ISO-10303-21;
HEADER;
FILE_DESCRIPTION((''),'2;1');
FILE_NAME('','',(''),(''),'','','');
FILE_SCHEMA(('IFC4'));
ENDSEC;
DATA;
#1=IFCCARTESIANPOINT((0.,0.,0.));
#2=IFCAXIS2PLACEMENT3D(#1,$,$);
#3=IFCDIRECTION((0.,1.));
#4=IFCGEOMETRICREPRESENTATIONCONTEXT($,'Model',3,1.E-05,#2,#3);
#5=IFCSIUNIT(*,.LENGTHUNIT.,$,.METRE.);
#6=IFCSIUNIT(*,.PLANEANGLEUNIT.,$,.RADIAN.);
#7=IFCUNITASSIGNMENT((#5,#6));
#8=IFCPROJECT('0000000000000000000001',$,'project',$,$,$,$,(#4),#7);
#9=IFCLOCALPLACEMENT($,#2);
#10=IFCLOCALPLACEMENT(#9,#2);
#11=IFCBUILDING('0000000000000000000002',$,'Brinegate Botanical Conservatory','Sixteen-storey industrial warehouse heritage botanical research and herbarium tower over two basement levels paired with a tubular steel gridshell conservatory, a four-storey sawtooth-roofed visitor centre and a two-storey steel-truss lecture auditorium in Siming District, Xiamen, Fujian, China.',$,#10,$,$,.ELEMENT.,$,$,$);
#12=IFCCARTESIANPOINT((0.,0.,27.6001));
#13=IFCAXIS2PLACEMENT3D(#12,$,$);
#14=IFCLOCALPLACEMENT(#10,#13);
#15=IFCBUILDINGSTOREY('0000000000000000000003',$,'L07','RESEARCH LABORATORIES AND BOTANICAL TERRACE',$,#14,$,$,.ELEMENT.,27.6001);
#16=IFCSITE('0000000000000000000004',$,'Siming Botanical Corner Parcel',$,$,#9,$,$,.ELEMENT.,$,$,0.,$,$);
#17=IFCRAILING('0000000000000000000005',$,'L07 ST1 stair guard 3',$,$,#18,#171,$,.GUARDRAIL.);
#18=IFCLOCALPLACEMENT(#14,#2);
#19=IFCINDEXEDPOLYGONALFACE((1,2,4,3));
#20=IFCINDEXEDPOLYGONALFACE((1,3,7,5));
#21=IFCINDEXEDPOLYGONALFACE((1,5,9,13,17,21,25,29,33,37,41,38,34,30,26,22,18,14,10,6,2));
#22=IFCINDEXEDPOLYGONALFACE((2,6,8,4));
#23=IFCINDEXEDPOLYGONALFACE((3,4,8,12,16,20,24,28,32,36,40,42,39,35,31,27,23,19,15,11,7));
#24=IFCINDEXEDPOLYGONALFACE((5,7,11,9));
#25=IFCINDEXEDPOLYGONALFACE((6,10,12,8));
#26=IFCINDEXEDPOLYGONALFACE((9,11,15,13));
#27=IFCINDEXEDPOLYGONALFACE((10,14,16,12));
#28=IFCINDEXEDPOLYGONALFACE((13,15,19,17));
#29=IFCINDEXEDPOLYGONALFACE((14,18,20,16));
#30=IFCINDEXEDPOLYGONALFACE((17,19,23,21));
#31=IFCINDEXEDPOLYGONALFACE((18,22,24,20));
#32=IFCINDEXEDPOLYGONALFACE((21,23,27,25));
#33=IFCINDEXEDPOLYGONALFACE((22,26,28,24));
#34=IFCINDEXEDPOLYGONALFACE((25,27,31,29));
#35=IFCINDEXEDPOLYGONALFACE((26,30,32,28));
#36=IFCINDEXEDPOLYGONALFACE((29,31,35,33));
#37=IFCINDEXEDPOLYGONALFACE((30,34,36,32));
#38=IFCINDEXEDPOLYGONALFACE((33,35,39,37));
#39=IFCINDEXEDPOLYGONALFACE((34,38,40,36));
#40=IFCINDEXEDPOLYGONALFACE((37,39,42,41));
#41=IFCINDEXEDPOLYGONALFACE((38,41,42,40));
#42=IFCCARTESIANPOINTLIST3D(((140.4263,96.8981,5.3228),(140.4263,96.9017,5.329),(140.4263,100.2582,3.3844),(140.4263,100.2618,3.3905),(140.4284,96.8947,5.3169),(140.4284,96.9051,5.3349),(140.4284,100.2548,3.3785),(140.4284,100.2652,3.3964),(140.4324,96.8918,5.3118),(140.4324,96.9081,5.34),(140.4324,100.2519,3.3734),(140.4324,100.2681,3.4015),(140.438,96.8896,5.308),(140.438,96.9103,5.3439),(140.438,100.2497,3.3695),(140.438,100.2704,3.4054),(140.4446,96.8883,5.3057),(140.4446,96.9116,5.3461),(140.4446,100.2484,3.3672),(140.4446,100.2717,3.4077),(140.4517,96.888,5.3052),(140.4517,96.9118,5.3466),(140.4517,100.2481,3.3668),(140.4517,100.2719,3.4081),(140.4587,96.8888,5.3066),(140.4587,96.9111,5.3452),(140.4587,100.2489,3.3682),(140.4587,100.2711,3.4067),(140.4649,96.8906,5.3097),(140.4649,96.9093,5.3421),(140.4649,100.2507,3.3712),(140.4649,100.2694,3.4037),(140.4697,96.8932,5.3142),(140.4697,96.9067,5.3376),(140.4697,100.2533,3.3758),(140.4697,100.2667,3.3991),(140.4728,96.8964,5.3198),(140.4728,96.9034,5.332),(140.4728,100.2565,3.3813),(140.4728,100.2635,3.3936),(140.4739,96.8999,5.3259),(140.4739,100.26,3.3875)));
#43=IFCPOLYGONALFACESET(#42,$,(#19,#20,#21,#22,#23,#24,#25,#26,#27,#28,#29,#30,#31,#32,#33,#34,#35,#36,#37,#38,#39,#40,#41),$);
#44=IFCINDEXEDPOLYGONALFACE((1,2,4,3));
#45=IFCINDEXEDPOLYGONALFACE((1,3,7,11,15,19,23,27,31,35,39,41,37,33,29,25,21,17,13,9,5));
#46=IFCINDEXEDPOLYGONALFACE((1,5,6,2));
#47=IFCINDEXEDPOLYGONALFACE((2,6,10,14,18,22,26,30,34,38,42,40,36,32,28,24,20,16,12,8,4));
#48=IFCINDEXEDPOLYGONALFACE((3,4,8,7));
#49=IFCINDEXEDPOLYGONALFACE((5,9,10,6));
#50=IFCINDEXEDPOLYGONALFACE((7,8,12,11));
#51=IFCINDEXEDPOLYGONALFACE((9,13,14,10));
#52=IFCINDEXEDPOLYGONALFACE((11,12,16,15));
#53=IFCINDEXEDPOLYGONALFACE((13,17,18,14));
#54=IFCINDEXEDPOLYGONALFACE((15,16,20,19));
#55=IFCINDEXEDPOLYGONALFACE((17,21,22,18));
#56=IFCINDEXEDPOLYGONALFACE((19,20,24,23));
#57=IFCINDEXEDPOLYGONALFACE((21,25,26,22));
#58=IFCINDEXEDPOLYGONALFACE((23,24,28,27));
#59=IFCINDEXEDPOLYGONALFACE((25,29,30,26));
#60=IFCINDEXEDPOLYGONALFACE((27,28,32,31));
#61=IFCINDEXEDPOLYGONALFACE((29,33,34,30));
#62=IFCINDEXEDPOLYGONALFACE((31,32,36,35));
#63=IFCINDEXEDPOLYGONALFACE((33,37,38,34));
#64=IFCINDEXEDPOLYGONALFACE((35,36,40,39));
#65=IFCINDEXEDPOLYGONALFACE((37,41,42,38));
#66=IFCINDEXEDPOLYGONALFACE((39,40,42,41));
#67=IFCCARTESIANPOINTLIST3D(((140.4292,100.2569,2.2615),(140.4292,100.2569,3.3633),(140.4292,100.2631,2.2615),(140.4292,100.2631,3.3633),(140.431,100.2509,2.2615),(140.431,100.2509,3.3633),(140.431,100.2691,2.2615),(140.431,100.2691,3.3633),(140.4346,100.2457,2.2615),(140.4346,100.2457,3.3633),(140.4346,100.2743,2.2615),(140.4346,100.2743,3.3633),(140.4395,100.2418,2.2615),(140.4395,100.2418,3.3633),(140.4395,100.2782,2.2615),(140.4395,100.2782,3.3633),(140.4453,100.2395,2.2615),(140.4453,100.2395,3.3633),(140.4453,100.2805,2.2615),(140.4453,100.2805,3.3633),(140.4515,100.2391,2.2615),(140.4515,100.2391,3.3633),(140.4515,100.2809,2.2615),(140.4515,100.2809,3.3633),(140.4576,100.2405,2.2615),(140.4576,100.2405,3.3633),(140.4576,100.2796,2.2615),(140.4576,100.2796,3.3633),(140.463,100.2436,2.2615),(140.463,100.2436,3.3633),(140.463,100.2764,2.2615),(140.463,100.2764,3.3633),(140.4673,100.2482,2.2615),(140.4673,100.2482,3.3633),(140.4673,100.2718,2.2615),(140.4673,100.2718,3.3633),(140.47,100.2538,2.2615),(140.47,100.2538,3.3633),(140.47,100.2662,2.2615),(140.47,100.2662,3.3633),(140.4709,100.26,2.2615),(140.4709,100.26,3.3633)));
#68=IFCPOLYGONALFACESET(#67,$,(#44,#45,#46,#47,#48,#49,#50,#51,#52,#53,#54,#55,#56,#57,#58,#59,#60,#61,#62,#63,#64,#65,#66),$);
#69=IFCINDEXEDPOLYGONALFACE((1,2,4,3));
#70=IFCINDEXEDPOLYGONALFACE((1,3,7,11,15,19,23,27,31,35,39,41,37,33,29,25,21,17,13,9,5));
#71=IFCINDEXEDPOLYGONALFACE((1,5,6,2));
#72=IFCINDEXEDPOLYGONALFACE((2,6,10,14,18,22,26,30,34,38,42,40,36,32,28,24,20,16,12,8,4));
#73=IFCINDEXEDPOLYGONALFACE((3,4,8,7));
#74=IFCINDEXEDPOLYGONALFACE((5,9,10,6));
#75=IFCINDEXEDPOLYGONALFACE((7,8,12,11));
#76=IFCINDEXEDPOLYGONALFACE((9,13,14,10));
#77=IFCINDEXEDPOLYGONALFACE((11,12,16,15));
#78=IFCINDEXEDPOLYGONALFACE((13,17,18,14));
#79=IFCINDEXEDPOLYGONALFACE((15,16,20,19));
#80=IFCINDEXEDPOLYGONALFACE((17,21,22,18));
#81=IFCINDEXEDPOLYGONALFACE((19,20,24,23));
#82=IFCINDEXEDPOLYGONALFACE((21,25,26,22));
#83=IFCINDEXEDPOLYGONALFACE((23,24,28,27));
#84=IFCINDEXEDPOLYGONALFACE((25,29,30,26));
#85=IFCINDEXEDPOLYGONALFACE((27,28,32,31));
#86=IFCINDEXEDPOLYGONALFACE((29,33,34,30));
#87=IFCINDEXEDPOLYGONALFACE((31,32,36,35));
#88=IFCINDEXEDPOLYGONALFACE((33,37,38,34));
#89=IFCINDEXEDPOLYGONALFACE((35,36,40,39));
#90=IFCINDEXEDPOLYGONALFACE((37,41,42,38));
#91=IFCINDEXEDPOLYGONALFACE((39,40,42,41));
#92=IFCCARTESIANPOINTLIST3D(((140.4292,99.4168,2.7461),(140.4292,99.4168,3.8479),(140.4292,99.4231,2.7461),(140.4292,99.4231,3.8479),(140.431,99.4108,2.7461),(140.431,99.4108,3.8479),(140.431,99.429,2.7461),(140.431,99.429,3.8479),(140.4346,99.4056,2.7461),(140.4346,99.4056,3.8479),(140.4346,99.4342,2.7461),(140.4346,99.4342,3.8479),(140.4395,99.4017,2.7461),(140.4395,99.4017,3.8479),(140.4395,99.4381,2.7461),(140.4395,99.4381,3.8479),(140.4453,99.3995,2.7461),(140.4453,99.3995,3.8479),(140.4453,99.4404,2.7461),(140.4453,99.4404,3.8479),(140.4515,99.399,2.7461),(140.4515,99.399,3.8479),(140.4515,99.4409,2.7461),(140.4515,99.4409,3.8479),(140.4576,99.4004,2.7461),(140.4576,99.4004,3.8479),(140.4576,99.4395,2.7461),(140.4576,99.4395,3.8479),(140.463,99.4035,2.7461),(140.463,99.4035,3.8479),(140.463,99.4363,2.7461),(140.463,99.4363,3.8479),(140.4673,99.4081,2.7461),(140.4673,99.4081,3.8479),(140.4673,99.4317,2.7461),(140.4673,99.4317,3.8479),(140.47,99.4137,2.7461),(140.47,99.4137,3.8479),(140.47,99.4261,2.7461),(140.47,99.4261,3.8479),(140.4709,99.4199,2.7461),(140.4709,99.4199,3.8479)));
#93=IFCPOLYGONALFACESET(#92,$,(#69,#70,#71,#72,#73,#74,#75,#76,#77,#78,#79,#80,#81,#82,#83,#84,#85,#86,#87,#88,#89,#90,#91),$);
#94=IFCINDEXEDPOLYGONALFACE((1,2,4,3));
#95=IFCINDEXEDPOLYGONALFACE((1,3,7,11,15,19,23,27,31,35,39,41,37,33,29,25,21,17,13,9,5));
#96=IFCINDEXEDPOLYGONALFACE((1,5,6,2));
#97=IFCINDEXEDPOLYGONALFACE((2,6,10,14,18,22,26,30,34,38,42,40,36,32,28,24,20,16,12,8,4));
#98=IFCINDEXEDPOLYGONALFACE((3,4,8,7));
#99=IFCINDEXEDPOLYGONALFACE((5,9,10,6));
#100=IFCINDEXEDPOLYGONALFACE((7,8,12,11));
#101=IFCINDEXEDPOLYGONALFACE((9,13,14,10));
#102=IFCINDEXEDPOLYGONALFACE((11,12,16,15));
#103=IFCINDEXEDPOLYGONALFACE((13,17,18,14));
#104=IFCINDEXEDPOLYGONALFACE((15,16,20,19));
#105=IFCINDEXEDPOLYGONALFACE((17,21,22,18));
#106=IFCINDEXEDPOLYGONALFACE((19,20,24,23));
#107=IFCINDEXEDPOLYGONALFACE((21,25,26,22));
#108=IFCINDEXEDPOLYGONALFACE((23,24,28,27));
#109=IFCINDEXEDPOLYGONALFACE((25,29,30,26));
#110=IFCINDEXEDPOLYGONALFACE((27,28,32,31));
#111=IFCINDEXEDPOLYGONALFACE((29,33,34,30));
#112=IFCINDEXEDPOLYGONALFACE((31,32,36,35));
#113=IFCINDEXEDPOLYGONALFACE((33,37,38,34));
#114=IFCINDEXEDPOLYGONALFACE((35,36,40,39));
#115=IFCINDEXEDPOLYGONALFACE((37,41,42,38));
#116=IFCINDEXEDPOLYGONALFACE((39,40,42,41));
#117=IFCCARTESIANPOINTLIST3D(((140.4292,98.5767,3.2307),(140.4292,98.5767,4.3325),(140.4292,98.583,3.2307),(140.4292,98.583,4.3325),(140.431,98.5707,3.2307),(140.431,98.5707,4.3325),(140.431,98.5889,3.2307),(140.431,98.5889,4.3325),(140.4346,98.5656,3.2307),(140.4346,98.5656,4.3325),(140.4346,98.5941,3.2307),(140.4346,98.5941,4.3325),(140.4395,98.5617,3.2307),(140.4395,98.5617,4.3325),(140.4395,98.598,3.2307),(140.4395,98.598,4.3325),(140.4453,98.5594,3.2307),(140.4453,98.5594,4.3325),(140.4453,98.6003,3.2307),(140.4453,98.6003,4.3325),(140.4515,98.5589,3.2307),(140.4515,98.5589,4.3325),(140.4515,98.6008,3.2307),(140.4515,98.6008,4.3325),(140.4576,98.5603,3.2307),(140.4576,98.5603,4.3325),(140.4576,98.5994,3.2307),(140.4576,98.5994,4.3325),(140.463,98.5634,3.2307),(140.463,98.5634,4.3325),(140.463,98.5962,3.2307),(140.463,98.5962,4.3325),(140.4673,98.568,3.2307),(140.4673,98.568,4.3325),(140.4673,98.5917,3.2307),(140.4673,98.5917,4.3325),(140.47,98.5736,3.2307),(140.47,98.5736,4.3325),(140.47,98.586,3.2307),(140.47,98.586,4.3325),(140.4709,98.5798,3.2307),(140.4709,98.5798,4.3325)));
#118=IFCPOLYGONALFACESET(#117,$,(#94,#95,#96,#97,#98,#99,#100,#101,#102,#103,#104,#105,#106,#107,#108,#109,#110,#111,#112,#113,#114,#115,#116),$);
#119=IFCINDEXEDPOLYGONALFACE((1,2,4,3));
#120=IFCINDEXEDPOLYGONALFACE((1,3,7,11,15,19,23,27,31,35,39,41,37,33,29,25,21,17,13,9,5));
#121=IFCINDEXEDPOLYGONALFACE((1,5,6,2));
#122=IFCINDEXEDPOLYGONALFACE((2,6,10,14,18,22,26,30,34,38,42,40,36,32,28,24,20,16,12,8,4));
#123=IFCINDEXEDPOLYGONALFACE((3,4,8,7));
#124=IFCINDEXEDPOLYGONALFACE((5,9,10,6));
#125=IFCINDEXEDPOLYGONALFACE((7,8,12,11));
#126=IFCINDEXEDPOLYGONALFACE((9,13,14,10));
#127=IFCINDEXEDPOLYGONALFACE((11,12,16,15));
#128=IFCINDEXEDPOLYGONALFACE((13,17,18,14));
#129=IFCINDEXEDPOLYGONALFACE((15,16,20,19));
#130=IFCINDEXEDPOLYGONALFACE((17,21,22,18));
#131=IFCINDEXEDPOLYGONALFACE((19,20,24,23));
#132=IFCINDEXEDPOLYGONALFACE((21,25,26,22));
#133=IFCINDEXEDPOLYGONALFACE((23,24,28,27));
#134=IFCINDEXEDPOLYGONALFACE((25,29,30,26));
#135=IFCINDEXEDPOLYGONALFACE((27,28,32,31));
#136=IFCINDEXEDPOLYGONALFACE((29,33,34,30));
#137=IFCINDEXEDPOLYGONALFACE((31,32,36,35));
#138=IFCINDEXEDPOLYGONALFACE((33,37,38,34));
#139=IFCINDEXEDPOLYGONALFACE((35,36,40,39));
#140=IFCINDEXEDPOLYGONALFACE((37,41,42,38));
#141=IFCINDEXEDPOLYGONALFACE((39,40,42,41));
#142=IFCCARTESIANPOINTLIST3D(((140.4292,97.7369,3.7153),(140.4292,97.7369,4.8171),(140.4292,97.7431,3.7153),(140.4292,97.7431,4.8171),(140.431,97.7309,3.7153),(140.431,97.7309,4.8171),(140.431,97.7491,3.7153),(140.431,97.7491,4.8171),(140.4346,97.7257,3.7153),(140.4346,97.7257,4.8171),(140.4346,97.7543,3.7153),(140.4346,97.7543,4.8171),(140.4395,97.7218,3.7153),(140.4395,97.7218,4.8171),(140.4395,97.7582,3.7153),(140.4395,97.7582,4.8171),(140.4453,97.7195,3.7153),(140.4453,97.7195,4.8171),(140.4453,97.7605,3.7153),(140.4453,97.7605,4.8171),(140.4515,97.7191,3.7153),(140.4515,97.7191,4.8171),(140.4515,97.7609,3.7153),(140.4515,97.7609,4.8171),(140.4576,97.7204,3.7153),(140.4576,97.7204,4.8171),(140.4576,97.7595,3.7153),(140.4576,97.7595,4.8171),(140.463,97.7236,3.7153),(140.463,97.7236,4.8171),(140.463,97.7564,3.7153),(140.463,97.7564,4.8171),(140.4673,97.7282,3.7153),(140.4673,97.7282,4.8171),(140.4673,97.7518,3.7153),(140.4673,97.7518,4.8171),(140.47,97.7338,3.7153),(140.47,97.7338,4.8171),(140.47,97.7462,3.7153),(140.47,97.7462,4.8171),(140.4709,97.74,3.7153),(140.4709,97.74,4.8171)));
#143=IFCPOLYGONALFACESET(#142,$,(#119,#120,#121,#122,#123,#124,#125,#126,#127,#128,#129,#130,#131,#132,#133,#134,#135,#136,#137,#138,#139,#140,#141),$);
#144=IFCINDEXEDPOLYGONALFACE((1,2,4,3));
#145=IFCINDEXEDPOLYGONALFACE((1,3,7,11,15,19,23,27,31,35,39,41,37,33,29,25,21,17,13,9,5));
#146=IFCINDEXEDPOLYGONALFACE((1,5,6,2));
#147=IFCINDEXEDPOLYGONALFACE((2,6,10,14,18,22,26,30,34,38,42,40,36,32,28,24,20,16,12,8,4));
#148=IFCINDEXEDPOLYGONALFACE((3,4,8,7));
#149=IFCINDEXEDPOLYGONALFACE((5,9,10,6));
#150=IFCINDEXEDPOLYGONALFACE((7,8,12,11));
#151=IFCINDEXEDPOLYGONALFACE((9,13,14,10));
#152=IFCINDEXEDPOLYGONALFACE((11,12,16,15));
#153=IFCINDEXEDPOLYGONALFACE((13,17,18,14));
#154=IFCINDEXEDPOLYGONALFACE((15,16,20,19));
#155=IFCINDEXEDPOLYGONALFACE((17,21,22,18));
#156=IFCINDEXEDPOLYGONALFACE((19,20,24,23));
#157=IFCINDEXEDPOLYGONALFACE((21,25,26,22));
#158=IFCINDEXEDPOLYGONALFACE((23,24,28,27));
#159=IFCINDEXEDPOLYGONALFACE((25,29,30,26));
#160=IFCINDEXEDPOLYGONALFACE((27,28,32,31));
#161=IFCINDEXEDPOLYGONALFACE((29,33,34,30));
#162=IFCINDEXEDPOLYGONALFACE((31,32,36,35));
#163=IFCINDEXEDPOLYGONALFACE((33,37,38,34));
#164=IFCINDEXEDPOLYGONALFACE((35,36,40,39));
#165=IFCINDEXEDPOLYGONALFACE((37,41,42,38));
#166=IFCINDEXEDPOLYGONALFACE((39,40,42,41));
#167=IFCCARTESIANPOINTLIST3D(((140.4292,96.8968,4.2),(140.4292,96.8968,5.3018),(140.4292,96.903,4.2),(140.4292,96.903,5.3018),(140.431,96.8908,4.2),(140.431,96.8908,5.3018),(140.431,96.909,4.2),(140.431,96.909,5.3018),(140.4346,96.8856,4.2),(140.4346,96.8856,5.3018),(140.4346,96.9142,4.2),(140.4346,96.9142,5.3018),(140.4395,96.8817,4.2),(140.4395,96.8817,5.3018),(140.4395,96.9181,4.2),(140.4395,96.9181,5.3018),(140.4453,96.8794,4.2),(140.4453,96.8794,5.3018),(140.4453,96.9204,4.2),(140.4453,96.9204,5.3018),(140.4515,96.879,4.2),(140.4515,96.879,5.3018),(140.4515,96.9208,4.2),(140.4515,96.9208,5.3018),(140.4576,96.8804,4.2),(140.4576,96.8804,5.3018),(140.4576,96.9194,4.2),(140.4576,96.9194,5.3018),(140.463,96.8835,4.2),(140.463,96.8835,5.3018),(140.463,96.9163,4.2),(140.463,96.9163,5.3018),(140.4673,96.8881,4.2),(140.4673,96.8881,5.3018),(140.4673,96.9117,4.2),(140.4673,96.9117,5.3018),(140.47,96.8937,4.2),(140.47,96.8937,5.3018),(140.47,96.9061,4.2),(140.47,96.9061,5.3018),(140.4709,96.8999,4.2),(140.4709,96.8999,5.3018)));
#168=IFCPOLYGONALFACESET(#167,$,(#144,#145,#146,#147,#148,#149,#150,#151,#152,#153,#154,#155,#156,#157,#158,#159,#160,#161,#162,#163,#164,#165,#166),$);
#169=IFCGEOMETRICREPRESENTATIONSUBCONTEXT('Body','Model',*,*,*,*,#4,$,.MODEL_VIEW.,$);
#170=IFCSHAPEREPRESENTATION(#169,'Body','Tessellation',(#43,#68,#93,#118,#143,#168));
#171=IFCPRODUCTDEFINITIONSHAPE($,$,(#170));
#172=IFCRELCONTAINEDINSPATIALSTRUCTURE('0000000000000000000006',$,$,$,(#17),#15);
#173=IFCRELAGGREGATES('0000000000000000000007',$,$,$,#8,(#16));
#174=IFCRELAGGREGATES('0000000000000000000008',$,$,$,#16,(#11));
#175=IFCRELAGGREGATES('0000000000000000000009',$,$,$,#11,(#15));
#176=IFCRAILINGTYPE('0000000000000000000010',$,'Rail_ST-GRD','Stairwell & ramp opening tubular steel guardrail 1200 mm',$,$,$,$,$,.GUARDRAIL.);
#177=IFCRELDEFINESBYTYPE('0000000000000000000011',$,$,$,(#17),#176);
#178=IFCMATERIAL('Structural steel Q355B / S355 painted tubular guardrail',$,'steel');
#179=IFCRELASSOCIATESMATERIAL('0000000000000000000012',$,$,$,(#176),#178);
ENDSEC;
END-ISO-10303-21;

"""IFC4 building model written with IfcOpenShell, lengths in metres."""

from ifc_helpers import new_model, si_unit, direction, frame, origin, origin_2d, place, context, subcontext, project, spatial, circle, extrude, material, type_object, element, save


model = new_model("IFC4")

# Units and contexts
model_context = context("Model", 3, precision=1e-05, world=origin(), true_north=direction((0.0, 1.0)))
body_context = subcontext(model_context, "Body", "Model", "MODEL_VIEW")
ifc_project = project(units=[si_unit("LENGTHUNIT", "METRE"), si_unit("PLANEANGLEUNIT", "RADIAN")], contexts=[model_context])

# Site, building, storey
site_placement = place(None, origin())
site = spatial("IfcSite", under=ifc_project, at=site_placement, Name="Siming Botanical Corner Parcel", CompositionType="ELEMENT", RefElevation=0.0)
building_placement = place(site_placement, origin())
building = spatial("IfcBuilding", under=site, at=building_placement, Name="Brinegate Botanical Conservatory", Description="Sixteen-storey industrial warehouse heritage botanical research and herbarium tower over two basement levels paired with a tubular steel gridshell conservatory, a four-storey sawtooth-roofed visitor centre and a two-storey steel-truss lecture auditorium in Siming District, Xiamen, Fujian, China.", CompositionType="ELEMENT")
storey_placement = place(building_placement, frame((0.0, 0.0, 27.6001)))
storey = spatial("IfcBuildingStorey", under=building, at=storey_placement, Name="L07", Description="RESEARCH LABORATORIES AND BOTANICAL TERRACE", CompositionType="ELEMENT", Elevation=27.6001)

# Railing
ifc_material_1 = material(Name="Structural steel Q355B / S355 painted tubular guardrail", Category="steel")
railing_type_1 = type_object("IfcRailingType", Name="Rail_ST-GRD", Description="Stairwell & ramp opening tubular steel guardrail 1200 mm", PredefinedType="GUARDRAIL", material=ifc_material_1)
railing_1_placement = place(storey_placement, frame((140.45, 100.26, 2.2615)))
element("IfcRailing", 1, at=railing_1_placement, inside=storey, type_object=railing_type_1, Name="L07 ST1 stair guard 3", PredefinedType="GUARDRAIL", context=body_context, shape_type="SweptSolid", body=[
    extrude(circle(Radius=0.0239, at=origin_2d()), frame((0.0, 0.0, 1.126), z_axis=(0.0, -0.866191, 0.499713), x_axis=(1.0, 0.0, 0.0)), (0.0, 0.0, 1.0), 3.8792),
    extrude(circle(Radius=0.021, at=origin_2d()), origin(), (0.0, 0.0, 1.0), 1.1018),
    extrude(circle(Radius=0.021, at=origin_2d()), frame((0.0, -0.8401, 0.4846)), (0.0, 0.0, 1.0), 1.1018),
    extrude(circle(Radius=0.021, at=origin_2d()), frame((0.0, -1.6802, 0.9692)), (0.0, 0.0, 1.0), 1.1018),
    extrude(circle(Radius=0.021, at=origin_2d()), frame((0.0, -2.52, 1.4539)), (0.0, 0.0, 1.0), 1.1018),
    extrude(circle(Radius=0.021, at=origin_2d()), frame((0.0, -3.3601, 1.9385)), (0.0, 0.0, 1.0), 1.1018),
])

save(model, "model.ifc")
